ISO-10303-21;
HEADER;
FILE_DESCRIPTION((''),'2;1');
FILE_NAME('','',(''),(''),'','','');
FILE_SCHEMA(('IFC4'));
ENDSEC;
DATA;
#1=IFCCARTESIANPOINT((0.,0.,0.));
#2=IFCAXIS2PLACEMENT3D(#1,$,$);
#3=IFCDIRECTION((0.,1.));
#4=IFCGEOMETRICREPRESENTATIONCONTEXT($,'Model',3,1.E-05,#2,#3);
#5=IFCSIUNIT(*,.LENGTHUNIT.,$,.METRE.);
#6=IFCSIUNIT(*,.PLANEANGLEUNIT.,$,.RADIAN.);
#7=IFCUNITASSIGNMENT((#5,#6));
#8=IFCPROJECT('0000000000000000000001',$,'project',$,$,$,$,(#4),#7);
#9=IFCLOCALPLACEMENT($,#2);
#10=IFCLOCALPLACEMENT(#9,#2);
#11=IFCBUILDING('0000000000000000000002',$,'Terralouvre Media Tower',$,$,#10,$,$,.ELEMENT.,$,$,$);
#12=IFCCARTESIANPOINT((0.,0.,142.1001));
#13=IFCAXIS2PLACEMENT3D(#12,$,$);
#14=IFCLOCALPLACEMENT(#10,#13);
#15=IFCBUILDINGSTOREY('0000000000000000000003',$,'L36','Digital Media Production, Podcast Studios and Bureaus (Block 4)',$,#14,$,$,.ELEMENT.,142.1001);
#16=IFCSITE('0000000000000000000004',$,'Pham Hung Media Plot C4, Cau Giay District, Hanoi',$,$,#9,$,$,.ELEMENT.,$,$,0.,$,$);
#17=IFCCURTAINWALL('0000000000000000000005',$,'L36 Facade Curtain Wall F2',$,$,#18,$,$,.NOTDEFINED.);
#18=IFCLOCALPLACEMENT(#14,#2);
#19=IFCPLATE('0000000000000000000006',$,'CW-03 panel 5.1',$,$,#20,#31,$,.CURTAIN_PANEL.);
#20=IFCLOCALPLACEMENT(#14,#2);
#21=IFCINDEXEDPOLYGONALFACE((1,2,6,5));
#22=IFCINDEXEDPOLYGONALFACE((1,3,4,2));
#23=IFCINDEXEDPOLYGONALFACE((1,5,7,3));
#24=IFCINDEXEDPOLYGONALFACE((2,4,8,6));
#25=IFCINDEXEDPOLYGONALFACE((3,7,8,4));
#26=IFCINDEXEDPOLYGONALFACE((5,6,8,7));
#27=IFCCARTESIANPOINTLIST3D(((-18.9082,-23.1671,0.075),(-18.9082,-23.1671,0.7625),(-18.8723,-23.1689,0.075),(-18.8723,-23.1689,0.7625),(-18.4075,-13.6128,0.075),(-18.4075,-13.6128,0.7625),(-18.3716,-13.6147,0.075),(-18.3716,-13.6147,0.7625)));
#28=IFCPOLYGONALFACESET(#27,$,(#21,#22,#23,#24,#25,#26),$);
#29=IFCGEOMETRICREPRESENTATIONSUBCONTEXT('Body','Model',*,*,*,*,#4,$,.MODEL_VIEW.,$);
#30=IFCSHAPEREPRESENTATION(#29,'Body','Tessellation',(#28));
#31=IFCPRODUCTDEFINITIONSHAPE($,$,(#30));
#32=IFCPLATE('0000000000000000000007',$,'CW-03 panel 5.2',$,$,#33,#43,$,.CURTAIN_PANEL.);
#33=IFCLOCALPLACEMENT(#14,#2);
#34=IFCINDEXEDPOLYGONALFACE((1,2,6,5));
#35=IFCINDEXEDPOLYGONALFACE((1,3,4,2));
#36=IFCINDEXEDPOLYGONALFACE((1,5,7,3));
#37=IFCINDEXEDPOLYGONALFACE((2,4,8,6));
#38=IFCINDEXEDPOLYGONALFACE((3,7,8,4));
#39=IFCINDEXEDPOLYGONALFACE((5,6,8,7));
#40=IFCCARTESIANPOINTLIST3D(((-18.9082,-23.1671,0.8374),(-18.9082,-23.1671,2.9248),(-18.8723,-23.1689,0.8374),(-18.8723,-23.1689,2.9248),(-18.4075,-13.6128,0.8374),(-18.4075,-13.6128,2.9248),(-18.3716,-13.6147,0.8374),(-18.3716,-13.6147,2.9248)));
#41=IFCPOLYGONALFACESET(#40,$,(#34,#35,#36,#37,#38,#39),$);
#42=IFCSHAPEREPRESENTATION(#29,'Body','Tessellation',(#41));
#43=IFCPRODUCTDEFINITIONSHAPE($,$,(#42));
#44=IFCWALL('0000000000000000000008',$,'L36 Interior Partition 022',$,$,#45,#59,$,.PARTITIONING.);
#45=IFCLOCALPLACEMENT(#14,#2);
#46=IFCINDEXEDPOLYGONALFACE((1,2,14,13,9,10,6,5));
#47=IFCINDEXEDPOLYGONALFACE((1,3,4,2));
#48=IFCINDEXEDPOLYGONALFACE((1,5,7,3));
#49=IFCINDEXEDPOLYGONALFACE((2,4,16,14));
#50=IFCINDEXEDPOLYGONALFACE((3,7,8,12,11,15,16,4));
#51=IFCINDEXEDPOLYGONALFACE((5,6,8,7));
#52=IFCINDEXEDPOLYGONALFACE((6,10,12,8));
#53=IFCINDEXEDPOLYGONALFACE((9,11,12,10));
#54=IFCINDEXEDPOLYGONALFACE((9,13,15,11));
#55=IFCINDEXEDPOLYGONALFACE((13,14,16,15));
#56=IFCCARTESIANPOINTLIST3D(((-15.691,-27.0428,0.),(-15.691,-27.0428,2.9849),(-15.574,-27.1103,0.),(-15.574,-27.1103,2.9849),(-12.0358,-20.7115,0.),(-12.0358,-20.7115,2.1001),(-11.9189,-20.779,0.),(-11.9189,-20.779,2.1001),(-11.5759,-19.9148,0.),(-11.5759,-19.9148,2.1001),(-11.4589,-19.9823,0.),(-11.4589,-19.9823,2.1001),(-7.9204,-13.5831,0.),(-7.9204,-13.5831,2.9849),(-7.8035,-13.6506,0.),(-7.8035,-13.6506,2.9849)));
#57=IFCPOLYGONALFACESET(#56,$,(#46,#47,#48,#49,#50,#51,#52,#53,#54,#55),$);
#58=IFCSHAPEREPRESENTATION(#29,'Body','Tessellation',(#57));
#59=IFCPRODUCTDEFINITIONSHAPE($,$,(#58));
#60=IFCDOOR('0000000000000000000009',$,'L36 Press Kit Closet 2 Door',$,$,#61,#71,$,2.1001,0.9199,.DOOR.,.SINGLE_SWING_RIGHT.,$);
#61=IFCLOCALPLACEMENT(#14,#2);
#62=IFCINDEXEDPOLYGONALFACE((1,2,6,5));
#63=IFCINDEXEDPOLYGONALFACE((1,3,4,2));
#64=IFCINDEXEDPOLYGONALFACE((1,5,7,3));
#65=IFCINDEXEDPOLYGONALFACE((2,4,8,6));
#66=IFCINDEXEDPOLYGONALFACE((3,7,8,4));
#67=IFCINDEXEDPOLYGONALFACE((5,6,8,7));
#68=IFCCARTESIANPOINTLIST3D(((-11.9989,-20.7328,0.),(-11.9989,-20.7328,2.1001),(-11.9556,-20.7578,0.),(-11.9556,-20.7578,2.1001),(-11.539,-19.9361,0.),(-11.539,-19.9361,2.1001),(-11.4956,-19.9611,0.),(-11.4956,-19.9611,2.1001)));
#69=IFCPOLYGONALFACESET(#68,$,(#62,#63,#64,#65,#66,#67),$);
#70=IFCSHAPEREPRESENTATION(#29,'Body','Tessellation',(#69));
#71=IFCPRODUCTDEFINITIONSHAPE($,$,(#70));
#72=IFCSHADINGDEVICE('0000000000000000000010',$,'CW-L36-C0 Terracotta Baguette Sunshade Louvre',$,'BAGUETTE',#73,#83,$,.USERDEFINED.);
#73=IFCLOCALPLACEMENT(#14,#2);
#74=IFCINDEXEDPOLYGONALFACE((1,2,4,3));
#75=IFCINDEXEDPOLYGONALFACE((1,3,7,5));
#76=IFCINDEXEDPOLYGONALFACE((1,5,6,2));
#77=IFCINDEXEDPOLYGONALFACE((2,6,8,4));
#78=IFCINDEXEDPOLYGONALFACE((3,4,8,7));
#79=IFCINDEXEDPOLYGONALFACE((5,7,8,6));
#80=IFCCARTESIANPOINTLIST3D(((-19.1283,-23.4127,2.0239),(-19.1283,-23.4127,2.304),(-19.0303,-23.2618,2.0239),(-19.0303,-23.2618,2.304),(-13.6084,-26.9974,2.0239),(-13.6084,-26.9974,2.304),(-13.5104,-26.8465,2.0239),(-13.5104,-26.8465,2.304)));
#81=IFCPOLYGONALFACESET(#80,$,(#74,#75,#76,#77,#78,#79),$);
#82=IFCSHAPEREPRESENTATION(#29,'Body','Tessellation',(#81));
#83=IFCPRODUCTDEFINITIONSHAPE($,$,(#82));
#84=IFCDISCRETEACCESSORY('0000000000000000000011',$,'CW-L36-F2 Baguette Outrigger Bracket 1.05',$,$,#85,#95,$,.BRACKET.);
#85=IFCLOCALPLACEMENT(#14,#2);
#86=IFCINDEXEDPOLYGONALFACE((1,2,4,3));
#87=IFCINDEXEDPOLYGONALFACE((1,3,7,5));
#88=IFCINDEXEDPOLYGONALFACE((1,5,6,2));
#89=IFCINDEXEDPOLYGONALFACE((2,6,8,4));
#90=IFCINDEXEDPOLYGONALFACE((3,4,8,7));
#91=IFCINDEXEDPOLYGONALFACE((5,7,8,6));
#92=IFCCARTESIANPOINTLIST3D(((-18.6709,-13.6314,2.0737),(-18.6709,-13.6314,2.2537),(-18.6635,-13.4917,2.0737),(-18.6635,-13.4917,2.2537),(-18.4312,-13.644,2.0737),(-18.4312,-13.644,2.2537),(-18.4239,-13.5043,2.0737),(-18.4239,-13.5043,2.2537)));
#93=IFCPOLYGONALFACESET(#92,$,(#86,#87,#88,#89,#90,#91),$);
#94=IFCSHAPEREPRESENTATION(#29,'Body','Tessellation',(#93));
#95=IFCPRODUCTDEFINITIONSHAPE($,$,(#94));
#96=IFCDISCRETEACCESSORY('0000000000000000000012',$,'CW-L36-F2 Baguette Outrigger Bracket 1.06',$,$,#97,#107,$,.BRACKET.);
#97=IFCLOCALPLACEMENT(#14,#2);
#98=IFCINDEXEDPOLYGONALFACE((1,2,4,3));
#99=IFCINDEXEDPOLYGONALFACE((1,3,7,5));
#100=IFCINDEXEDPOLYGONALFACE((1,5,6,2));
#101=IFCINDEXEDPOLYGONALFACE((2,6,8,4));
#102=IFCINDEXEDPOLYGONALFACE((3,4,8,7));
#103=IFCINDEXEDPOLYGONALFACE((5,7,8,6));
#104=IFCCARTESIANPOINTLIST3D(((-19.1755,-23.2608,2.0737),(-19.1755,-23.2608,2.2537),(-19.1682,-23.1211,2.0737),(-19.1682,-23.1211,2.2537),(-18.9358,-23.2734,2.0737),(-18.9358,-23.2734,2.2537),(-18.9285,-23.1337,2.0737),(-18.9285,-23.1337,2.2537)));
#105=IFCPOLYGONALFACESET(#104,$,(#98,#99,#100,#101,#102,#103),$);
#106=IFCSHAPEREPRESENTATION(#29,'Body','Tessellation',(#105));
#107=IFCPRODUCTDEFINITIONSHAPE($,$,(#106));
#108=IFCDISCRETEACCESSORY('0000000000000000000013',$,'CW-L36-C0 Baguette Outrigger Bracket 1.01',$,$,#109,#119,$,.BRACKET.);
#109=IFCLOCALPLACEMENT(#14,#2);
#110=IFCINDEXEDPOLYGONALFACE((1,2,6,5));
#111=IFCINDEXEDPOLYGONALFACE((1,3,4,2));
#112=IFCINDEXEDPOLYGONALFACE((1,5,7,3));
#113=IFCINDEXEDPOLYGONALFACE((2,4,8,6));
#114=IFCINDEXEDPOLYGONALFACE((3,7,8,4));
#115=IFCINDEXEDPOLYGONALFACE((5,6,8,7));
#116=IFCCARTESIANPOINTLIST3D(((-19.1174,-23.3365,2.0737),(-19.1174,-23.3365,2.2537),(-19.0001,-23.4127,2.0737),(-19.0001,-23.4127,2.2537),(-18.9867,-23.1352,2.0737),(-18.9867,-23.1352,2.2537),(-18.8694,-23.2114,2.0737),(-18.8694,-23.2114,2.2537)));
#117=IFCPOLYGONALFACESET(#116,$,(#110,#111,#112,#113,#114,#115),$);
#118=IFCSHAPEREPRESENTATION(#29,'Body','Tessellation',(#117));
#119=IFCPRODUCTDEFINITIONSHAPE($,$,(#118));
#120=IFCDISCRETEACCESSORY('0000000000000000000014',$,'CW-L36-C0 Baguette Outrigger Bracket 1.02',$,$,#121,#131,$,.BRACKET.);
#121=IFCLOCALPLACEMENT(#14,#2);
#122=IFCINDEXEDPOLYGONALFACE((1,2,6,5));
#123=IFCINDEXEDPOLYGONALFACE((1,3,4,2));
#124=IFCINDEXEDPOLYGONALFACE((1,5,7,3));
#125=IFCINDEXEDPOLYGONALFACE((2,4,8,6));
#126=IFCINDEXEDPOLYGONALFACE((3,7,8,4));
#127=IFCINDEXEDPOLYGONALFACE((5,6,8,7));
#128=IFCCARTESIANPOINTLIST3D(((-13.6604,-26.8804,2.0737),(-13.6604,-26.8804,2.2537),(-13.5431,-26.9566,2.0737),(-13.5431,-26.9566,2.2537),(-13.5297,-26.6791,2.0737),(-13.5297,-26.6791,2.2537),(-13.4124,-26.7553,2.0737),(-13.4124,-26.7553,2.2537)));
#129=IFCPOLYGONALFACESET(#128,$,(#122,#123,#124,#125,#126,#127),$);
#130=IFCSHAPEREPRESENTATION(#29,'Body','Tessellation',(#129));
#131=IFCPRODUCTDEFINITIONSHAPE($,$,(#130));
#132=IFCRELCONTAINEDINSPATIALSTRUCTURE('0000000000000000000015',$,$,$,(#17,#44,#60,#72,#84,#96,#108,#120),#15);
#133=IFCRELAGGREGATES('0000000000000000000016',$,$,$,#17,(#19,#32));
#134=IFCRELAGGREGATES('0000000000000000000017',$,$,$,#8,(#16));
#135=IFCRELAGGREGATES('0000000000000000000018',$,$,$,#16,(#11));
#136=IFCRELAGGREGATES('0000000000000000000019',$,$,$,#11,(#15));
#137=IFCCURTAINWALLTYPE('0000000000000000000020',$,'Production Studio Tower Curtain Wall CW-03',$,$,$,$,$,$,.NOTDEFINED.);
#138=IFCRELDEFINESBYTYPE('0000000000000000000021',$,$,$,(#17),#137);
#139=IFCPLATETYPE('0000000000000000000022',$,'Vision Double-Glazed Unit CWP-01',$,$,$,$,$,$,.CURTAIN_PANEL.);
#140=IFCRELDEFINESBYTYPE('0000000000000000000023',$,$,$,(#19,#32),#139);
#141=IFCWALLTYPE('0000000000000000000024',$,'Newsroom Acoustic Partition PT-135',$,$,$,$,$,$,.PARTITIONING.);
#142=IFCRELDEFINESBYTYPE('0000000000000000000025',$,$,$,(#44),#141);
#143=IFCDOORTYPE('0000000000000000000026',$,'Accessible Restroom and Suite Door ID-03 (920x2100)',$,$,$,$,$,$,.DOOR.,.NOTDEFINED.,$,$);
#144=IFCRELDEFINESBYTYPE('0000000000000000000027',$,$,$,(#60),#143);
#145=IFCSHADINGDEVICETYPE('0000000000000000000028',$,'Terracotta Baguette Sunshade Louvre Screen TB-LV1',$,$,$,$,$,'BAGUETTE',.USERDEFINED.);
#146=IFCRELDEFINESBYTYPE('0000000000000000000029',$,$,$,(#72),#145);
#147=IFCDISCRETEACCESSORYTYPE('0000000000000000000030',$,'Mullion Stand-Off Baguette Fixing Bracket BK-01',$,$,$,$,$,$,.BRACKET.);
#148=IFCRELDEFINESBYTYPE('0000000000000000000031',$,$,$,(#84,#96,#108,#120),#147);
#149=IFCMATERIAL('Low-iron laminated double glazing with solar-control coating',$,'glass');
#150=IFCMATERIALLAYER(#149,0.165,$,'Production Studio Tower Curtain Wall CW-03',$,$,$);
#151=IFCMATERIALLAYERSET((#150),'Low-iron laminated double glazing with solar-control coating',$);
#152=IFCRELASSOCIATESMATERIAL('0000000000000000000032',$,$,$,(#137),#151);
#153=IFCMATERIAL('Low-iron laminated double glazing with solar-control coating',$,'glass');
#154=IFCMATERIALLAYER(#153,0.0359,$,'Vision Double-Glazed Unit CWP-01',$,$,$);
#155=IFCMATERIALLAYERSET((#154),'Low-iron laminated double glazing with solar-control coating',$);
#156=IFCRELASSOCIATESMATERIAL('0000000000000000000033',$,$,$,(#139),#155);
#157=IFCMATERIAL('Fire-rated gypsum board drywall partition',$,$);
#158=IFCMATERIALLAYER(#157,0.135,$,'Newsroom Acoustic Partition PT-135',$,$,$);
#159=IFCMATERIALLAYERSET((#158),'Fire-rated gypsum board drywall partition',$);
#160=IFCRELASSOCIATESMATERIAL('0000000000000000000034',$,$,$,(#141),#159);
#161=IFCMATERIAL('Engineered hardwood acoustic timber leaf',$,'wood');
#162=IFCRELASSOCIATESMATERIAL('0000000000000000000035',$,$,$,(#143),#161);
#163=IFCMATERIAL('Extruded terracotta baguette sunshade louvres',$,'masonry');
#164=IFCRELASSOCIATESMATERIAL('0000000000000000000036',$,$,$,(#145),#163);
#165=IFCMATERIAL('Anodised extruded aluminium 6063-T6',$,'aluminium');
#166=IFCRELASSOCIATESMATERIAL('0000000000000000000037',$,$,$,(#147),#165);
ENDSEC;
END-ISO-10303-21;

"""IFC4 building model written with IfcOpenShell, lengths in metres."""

from ifc_helpers import new_model, si_unit, direction, frame, frame_2d, origin, origin_2d, place, context, subcontext, project, spatial, rectangle, extrude, material, layer, layer_set, type_object, element, fill, aggregate, save


model = new_model("IFC4")

# Units and contexts
model_context = context("Model", 3, precision=1e-05, world=origin(), true_north=direction((0.0, 1.0)))
body_context = subcontext(model_context, "Body", "Model", "MODEL_VIEW")
ifc_project = project(units=[si_unit("LENGTHUNIT", "METRE"), si_unit("PLANEANGLEUNIT", "RADIAN")], contexts=[model_context])

# Site, building, storey
site_placement = place(None, origin())
site = spatial("IfcSite", under=ifc_project, at=site_placement, Name="Pham Hung Media Plot C4, Cau Giay District, Hanoi", CompositionType="ELEMENT", RefElevation=0.0)
building_placement = place(site_placement, origin())
building = spatial("IfcBuilding", under=site, at=building_placement, Name="Terralouvre Media Tower", CompositionType="ELEMENT")
storey_placement = place(building_placement, frame((0.0, 0.0, 142.1001)))
storey = spatial("IfcBuildingStorey", under=building, at=storey_placement, Name="L36", Description="Digital Media Production, Podcast Studios and Bureaus (Block 4)", CompositionType="ELEMENT", Elevation=142.1001)

# Curtain wall
ifc_material_1 = material(Name="Low-iron laminated double glazing with solar-control coating", Category="glass")
ifc_layer_1 = layer(ifc_material_1, 0.165, Name="Production Studio Tower Curtain Wall CW-03")
ifc_layer_set_1 = layer_set([ifc_layer_1], Name="Low-iron laminated double glazing with solar-control coating")
curtain_wall_type_1 = type_object("IfcCurtainWallType", Name="Production Studio Tower Curtain Wall CW-03", PredefinedType="NOTDEFINED", material=ifc_layer_set_1)
curtain_wall_1_placement = place(storey_placement, origin())
curtain_wall_1 = element("IfcCurtainWall", 1, at=curtain_wall_1_placement, inside=storey, type_object=curtain_wall_type_1, Name="L36 Facade Curtain Wall F2", PredefinedType="NOTDEFINED")

# Plates
ifc_material_2 = material(Name="Low-iron laminated double glazing with solar-control coating", Category="glass")
ifc_layer_2 = layer(ifc_material_2, 0.0359, Name="Vision Double-Glazed Unit CWP-01")
ifc_layer_set_2 = layer_set([ifc_layer_2], Name="Low-iron laminated double glazing with solar-control coating")
plate_type_1 = type_object("IfcPlateType", Name="Vision Double-Glazed Unit CWP-01", PredefinedType="CURTAIN_PANEL", material=ifc_layer_set_2)
plate_1_placement = place(storey_placement, frame((-18.6399, -18.3909, 0.075), z_axis=(0.0, 0.0, 1.0), x_axis=(-0.052336, -0.99863, 0.0)))
plate_1 = element("IfcPlate", 2, at=plate_1_placement, type_object=plate_type_1, Name="CW-03 panel 5.1", PredefinedType="CURTAIN_PANEL", context=body_context, shape_type="SweptSolid", body=[
    extrude(rectangle(XDim=9.5674, YDim=0.0359, at=origin_2d()), origin(), (0.0, 0.0, 1.0), 0.6875),
])
plate_2_placement = place(storey_placement, frame((-18.6399, -18.3909, 0.8374), z_axis=(0.0, 0.0, 1.0), x_axis=(-0.052336, -0.99863, 0.0)))
plate_2 = element("IfcPlate", 3, at=plate_2_placement, type_object=plate_type_1, Name="CW-03 panel 5.2", PredefinedType="CURTAIN_PANEL", context=body_context, shape_type="SweptSolid", body=[
    extrude(rectangle(XDim=9.5674, YDim=0.0359, at=origin_2d()), origin(), (0.0, 0.0, 1.0), 2.0874),
])
aggregate(curtain_wall_1, [plate_1, plate_2])

# Wall, opening, door
ifc_material_3 = material(Name="Fire-rated gypsum board drywall partition")
ifc_layer_3 = layer(ifc_material_3, 0.135, Name="Newsroom Acoustic Partition PT-135")
ifc_layer_set_3 = layer_set([ifc_layer_3], Name="Fire-rated gypsum board drywall partition")
wall_type = type_object("IfcWallType", Name="Newsroom Acoustic Partition PT-135", PredefinedType="PARTITIONING", material=ifc_layer_set_3)
wall_placement = place(storey_placement, frame((-15.6326, -27.0767, 0.0), z_axis=(0.0, 0.0, 1.0), x_axis=(0.499978, 0.866038, 0.0)))
wall = element("IfcWall", 4, at=wall_placement, inside=storey, type_object=wall_type, Name="L36 Interior Partition 022", PredefinedType="PARTITIONING", context=body_context, shape_type="SweptSolid", body=[
    extrude(rectangle(XDim=15.5417, YDim=0.135, at=frame_2d((7.771, 0.0))), origin(), (0.0, 0.0, 1.0), 2.9849),
])
opening_placement = place(wall_placement, frame((7.3108, 0.0, 0.0)))
opening = element("IfcOpeningElement", 5, at=opening_placement, cuts=wall, PredefinedType="OPENING", context=body_context, shape_type="SweptSolid", body=[
    extrude(rectangle(XDim=0.9199, YDim=2.1001, at=frame_2d((0.46, 1.05))), frame((0.0, 0.0774, 0.0), z_axis=(0.0, -1.0, 0.0), x_axis=(1.0, 0.0, 0.0)), (0.0, 0.0, 1.0), 0.155),
])
ifc_material_4 = material(Name="Engineered hardwood acoustic timber leaf", Category="wood")
door_type = type_object("IfcDoorType", Name="Accessible Restroom and Suite Door ID-03 (920x2100)", OperationType="NOTDEFINED", PredefinedType="DOOR", material=ifc_material_4)
door_placement = place(opening_placement, origin())
door = element("IfcDoor", 6, at=door_placement, inside=storey, type_object=door_type, Name="L36 Press Kit Closet 2 Door", OperationType="SINGLE_SWING_RIGHT", OverallHeight=2.1001, OverallWidth=0.9199, PredefinedType="DOOR", context=body_context, shape_type="SweptSolid", body=[
    extrude(rectangle(XDim=0.9199, YDim=2.1001, at=frame_2d((0.46, 1.05))), frame((0.0, 0.0249, 0.0), z_axis=(0.0, -1.0, 0.0), x_axis=(1.0, 0.0, 0.0)), (0.0, 0.0, 1.0), 0.05),
])
fill(opening, door)

# Shading device
ifc_material_5 = material(Name="Extruded terracotta baguette sunshade louvres", Category="masonry")
shading_device_type = type_object("IfcShadingDeviceType", Name="Terracotta Baguette Sunshade Louvre Screen TB-LV1", ElementType="BAGUETTE", PredefinedType="USERDEFINED", material=ifc_material_5)
shading_device_placement = place(storey_placement, frame((-16.3193, -25.1296, 2.0239), z_axis=(0.0, 0.0, 1.0), x_axis=(0.83867, -0.544639, 0.0)))
element("IfcShadingDevice", 7, at=shading_device_placement, inside=storey, type_object=shading_device_type, Name="CW-L36-C0 Terracotta Baguette Sunshade Louvre", ObjectType="BAGUETTE", PredefinedType="USERDEFINED", context=body_context, shape_type="SweptSolid", body=[
    extrude(rectangle(XDim=6.5818, YDim=0.1799, at=origin_2d()), origin(), (0.0, 0.0, 1.0), 0.28),
])

# Discrete accessories
ifc_material_6 = material(Name="Anodised extruded aluminium 6063-T6", Category="aluminium")
discrete_accessory_type = type_object("IfcDiscreteAccessoryType", Name="Mullion Stand-Off Baguette Fixing Bracket BK-01", PredefinedType="BRACKET", material=ifc_material_6)
for number, where, z_axis, x_axis, name in (
    (8, (-18.5474, -13.5679, 2.0737), (0.0, 0.0, 1.0), (-0.052336, -0.99863, 0.0), "CW-L36-F2 Baguette Outrigger Bracket 1.05"),
    (9, (-19.052, -23.1973, 2.0737), (0.0, 0.0, 1.0), (-0.052336, -0.99863, 0.0), "CW-L36-F2 Baguette Outrigger Bracket 1.06"),
    (10, (-18.9934, -23.2739, 2.0737), (0.0, 0.0, 1.0), (0.83867, -0.544639, 0.0), "CW-L36-C0 Baguette Outrigger Bracket 1.01"),
    (11, (-13.5364, -26.8179, 2.0737), (0.0, 0.0, 1.0), (0.83867, -0.544639, 0.0), "CW-L36-C0 Baguette Outrigger Bracket 1.02"),
):
    element("IfcDiscreteAccessory", number, at=place(storey_placement, frame(where, z_axis=z_axis, x_axis=x_axis)), inside=storey, type_object=discrete_accessory_type, Name=name, PredefinedType="BRACKET", context=body_context, shape_type="SweptSolid", body=[
        extrude(rectangle(XDim=0.1399, YDim=0.24, at=origin_2d()), origin(), (0.0, 0.0, 1.0), 0.1799),
    ])

save(model, "model.ifc")
